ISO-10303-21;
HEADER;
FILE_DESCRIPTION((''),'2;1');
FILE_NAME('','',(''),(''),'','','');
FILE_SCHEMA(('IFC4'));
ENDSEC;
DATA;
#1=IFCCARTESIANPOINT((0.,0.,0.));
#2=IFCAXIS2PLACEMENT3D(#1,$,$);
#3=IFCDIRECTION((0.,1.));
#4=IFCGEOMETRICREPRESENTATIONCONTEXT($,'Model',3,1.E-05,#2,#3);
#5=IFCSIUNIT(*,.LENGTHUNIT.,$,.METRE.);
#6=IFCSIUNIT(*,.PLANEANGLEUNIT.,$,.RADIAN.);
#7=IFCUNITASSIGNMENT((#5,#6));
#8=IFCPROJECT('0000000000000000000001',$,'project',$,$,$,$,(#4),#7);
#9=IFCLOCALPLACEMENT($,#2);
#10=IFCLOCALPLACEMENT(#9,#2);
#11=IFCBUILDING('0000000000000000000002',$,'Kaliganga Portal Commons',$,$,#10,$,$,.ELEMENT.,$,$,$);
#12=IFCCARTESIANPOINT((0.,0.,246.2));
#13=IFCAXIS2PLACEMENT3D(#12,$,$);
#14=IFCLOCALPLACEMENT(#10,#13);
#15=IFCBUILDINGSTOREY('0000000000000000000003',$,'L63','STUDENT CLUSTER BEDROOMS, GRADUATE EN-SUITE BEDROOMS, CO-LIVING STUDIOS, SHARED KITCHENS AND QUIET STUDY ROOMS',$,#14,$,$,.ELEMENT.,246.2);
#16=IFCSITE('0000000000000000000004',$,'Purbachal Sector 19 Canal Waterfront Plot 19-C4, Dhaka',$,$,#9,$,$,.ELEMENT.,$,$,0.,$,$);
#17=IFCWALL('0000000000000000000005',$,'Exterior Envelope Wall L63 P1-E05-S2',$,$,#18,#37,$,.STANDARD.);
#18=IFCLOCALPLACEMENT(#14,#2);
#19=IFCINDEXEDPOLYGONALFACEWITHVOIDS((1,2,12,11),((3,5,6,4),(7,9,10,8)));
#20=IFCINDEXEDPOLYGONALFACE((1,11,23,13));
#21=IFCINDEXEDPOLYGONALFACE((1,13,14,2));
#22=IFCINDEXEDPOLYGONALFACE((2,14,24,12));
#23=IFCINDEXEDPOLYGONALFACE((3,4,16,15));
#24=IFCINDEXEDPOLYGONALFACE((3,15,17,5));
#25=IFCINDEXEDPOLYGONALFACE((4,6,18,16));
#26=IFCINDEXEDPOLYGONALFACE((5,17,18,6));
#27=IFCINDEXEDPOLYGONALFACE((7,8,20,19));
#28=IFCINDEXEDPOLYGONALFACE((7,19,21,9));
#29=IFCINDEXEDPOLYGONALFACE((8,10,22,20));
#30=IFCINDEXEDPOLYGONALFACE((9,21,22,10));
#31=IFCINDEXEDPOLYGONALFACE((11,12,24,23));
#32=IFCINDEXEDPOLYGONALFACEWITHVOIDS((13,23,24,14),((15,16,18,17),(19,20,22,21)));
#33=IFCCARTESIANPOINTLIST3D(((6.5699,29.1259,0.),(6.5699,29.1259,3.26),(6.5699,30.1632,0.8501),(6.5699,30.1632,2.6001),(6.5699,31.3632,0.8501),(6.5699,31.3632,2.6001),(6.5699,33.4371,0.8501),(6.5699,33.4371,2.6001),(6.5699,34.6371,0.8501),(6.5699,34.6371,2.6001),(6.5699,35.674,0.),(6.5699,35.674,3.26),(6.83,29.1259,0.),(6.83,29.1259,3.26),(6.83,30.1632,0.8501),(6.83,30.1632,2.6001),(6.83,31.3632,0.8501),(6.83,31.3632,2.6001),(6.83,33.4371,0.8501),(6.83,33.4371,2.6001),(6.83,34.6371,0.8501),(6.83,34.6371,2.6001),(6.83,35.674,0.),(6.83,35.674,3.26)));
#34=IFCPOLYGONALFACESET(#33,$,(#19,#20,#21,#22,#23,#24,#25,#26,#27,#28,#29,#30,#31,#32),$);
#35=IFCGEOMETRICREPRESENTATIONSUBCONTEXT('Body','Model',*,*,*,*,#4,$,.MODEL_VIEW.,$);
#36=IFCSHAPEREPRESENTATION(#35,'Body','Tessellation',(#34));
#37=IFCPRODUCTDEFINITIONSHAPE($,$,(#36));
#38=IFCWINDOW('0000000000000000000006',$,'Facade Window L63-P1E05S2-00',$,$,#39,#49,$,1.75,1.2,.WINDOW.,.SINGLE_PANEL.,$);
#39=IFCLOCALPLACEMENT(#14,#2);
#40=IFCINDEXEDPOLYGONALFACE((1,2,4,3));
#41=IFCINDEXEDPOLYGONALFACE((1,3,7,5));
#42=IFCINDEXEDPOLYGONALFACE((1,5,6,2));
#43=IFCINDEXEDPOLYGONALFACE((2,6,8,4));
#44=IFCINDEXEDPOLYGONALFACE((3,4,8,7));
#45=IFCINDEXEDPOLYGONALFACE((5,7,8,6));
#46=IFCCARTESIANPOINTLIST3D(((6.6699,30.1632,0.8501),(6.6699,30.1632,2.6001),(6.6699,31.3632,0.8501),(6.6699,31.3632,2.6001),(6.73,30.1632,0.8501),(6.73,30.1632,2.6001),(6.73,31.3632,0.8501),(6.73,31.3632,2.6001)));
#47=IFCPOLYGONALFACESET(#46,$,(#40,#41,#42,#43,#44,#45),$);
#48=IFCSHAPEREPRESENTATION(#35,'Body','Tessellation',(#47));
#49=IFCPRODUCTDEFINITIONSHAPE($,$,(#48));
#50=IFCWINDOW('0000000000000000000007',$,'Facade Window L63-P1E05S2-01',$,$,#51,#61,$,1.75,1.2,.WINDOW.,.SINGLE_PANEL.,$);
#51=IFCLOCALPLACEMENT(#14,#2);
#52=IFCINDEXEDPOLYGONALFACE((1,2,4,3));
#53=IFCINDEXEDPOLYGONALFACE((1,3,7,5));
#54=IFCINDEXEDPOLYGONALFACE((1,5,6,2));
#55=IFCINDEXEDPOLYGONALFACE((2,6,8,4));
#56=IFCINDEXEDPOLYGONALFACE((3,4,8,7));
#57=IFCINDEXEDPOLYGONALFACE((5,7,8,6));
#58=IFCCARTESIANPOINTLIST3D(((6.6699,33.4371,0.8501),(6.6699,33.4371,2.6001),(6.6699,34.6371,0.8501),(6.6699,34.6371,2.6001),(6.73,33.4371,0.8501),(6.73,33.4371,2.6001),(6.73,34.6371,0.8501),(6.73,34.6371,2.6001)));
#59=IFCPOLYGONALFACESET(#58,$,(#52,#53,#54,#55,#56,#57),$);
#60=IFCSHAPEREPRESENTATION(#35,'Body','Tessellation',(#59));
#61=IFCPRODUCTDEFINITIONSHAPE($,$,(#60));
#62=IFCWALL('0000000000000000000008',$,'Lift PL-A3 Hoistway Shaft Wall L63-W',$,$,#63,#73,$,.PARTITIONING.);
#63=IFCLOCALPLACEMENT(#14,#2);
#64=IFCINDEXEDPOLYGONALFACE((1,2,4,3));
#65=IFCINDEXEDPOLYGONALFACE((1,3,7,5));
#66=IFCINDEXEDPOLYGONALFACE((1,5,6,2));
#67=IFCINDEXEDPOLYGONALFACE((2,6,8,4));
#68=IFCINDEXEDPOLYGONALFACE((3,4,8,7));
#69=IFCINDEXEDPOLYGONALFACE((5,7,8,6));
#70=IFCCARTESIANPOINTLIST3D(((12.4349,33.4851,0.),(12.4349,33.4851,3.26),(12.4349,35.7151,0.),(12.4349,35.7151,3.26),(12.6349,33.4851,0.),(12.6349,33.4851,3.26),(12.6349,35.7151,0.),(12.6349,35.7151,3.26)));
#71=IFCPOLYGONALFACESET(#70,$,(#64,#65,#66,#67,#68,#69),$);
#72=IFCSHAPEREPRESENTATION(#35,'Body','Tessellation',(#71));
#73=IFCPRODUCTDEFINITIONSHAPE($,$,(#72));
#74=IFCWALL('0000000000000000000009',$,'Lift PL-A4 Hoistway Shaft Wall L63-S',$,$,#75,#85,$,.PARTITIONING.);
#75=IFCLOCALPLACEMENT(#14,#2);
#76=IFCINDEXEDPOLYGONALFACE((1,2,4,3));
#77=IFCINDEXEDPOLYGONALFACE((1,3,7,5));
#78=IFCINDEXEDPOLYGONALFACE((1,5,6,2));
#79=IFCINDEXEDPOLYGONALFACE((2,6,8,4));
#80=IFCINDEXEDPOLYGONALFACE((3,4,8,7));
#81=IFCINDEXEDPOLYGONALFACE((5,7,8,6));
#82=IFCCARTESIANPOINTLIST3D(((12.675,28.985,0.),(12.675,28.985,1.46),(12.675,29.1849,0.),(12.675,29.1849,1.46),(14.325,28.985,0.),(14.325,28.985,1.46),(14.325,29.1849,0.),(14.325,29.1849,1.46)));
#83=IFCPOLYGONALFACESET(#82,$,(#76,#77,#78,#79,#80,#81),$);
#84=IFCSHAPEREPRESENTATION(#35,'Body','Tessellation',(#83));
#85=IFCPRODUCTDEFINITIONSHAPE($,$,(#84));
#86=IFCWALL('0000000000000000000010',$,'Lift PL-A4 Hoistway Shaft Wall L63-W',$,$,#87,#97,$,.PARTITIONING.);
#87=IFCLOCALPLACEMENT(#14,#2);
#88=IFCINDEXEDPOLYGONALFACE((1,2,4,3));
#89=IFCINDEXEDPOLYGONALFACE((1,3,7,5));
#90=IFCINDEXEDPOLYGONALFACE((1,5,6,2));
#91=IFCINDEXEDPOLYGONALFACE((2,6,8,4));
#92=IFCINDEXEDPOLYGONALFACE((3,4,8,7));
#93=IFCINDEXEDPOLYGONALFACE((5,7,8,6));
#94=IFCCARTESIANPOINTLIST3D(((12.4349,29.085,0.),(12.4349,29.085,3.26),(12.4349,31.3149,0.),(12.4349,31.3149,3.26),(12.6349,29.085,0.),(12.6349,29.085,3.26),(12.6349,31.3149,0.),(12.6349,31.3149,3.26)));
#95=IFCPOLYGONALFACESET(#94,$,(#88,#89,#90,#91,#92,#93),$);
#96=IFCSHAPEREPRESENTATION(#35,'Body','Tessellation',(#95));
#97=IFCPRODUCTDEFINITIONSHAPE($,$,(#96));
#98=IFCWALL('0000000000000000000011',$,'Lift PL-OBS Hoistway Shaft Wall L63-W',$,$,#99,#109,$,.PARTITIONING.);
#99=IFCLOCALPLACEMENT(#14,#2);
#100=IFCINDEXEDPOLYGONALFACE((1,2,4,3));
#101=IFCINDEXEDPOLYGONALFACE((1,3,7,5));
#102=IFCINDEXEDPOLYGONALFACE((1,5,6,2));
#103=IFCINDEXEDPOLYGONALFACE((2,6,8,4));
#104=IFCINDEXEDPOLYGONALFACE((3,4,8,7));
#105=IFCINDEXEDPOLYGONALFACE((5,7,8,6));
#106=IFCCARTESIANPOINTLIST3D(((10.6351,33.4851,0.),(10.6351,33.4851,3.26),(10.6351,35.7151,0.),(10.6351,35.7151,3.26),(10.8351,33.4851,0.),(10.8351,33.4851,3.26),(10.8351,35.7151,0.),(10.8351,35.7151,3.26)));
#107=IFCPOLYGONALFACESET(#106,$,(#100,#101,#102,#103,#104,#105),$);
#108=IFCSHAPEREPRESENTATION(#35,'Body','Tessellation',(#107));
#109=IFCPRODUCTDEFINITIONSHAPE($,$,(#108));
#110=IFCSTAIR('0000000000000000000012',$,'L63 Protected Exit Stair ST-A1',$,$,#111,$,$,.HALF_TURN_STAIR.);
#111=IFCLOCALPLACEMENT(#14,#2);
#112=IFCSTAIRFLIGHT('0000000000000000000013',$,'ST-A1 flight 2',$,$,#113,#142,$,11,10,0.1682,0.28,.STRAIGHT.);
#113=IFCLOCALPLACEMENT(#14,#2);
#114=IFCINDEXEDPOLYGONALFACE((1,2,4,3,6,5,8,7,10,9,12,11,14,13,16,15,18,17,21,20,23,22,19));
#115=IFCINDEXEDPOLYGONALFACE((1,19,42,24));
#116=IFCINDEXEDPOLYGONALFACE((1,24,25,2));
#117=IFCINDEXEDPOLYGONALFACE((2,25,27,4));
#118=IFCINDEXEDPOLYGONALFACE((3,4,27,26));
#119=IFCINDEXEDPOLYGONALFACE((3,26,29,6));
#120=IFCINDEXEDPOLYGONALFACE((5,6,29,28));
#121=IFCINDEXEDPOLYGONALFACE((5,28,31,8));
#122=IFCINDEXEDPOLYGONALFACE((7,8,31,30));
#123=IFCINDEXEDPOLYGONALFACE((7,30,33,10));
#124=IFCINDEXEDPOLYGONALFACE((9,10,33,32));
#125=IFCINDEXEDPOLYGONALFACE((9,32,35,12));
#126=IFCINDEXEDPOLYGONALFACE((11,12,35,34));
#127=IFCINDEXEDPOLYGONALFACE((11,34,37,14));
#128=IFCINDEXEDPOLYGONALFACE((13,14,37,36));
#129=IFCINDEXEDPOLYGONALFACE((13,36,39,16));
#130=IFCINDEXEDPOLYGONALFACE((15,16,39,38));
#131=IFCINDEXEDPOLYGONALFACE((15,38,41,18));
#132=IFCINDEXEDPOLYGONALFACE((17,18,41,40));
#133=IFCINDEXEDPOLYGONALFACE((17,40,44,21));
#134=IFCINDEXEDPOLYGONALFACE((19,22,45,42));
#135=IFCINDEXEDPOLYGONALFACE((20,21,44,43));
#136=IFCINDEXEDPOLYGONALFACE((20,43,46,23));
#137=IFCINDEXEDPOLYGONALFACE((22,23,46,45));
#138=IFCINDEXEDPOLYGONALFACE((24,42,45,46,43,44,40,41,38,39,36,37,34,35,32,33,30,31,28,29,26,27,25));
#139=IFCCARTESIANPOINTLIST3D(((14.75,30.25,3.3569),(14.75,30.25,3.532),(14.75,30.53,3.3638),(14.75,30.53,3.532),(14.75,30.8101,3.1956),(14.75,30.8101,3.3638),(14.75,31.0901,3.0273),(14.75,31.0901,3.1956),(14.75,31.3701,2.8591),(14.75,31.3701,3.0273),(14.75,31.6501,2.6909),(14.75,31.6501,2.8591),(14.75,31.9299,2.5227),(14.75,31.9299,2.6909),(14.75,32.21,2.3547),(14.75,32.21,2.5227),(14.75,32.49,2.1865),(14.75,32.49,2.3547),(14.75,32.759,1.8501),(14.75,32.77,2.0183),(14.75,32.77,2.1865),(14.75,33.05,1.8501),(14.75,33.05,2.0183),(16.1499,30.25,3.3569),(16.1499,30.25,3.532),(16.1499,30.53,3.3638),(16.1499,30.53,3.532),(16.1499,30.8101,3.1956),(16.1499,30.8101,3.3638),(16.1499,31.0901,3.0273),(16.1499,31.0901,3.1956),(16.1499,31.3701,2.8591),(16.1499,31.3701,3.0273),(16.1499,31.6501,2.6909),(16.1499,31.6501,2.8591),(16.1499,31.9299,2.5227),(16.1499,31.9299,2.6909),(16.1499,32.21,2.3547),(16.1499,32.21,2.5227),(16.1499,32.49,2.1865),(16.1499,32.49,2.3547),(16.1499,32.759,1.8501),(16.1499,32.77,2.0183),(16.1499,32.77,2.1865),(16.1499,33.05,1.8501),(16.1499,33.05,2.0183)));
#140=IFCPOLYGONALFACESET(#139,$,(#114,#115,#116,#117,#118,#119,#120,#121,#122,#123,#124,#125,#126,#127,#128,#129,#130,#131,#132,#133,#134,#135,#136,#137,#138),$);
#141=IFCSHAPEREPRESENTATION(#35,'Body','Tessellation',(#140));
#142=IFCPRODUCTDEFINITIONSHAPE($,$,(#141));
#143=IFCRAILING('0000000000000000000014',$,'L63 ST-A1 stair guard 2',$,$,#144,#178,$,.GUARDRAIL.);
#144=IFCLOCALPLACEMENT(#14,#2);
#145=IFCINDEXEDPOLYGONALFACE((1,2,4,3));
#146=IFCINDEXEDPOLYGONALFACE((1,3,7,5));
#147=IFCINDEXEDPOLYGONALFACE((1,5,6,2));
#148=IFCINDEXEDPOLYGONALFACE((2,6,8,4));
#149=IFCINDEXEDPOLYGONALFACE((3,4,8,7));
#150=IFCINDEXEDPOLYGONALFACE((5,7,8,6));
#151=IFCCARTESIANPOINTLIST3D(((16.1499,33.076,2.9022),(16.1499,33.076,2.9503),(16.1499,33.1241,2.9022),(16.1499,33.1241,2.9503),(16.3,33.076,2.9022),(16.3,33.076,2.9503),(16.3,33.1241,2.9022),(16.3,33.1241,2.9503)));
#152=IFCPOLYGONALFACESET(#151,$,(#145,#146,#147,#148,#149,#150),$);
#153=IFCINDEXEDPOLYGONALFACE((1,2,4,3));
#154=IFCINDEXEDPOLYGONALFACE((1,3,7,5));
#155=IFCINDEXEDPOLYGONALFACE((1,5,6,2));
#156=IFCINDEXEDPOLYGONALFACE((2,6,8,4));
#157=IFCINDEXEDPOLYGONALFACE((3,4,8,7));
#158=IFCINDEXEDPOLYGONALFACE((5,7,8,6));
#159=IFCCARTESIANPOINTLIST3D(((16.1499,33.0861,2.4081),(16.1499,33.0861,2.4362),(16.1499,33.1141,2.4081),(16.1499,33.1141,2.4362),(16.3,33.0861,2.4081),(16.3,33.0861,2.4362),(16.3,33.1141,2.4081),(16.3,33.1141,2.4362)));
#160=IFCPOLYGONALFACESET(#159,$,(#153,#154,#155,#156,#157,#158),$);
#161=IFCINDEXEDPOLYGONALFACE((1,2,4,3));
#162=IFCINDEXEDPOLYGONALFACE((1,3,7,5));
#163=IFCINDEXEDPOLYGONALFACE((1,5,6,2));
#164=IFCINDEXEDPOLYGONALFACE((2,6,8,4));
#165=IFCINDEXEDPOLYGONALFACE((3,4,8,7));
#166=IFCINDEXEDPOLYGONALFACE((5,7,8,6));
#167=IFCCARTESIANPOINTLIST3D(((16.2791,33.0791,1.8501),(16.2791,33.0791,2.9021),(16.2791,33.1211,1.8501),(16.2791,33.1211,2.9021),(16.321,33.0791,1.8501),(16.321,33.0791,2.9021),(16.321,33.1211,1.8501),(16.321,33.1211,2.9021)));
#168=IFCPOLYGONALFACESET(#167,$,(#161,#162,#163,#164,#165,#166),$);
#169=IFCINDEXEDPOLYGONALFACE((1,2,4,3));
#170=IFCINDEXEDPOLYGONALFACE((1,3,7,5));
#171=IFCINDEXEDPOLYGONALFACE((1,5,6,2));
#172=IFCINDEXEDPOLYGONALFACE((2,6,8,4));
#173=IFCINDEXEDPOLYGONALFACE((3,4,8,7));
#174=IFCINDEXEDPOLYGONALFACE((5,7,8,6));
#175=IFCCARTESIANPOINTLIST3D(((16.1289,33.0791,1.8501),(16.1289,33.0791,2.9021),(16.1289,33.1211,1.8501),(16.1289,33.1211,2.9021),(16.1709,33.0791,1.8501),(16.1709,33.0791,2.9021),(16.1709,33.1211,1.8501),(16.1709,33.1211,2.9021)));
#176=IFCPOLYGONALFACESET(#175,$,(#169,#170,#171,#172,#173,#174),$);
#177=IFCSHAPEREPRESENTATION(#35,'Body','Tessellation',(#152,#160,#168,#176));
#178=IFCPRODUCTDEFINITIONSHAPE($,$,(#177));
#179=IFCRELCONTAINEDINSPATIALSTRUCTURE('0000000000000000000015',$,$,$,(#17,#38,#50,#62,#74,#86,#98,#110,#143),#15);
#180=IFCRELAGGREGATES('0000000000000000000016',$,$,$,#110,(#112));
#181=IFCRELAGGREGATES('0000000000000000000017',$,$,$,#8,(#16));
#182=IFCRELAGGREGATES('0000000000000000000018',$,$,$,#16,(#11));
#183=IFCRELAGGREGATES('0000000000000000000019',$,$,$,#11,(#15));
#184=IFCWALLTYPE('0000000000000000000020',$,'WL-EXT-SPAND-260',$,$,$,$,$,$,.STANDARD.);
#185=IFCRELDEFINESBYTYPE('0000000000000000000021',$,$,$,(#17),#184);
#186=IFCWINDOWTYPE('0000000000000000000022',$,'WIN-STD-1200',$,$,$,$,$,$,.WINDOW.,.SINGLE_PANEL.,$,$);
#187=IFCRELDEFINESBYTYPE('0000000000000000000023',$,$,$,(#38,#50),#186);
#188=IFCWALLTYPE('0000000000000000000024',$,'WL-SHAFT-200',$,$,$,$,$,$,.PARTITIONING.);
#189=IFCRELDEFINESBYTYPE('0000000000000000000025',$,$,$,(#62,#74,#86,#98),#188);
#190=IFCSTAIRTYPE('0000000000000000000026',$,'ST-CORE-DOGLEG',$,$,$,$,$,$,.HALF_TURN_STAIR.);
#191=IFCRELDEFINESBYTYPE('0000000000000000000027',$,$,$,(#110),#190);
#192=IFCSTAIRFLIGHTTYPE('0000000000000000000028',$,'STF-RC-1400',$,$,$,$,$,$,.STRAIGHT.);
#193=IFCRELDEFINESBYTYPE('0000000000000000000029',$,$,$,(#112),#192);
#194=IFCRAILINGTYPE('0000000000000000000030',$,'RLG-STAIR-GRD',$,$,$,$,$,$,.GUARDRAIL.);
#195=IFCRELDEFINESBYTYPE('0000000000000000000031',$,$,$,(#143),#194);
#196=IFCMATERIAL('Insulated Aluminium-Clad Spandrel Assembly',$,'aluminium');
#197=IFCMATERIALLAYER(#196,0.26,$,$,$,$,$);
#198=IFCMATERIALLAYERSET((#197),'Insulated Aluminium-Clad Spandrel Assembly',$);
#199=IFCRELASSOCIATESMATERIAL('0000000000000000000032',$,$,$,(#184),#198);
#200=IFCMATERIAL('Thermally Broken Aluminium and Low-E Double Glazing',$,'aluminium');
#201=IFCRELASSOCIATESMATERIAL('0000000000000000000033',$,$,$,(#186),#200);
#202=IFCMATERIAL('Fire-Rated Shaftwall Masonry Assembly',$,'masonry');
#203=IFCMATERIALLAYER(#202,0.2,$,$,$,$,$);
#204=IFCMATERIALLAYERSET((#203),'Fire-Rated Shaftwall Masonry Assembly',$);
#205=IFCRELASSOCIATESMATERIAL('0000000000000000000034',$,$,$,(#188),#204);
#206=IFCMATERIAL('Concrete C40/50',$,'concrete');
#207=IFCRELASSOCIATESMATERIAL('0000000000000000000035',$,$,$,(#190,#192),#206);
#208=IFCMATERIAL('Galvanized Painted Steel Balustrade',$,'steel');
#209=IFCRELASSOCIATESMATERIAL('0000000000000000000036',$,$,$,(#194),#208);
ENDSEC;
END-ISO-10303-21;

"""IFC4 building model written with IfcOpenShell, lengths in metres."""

from ifc_helpers import new_model, si_unit, direction, frame, frame_2d, origin, origin_2d, place, context, subcontext, project, spatial, polyline, rectangle, outline, extrude, material, layer, layer_set, type_object, element, fill, aggregate, save


model = new_model("IFC4")

# Units and contexts
model_context = context("Model", 3, precision=1e-05, world=origin(), true_north=direction((0.0, 1.0)))
body_context = subcontext(model_context, "Body", "Model", "MODEL_VIEW")
ifc_project = project(units=[si_unit("LENGTHUNIT", "METRE"), si_unit("PLANEANGLEUNIT", "RADIAN")], contexts=[model_context])

# Site, building, storey
site_placement = place(None, origin())
site = spatial("IfcSite", under=ifc_project, at=site_placement, Name="Purbachal Sector 19 Canal Waterfront Plot 19-C4, Dhaka", CompositionType="ELEMENT", RefElevation=0.0)
building_placement = place(site_placement, origin())
building = spatial("IfcBuilding", under=site, at=building_placement, Name="Kaliganga Portal Commons", CompositionType="ELEMENT")
storey_placement = place(building_placement, frame((0.0, 0.0, 246.2)))
storey = spatial("IfcBuildingStorey", under=building, at=storey_placement, Name="L63", Description="STUDENT CLUSTER BEDROOMS, GRADUATE EN-SUITE BEDROOMS, CO-LIVING STUDIOS, SHARED KITCHENS AND QUIET STUDY ROOMS", CompositionType="ELEMENT", Elevation=246.2)

# Wall, openings, windows
ifc_material_1 = material(Name="Insulated Aluminium-Clad Spandrel Assembly", Category="aluminium")
ifc_layer_1 = layer(ifc_material_1, 0.26)
ifc_layer_set_1 = layer_set([ifc_layer_1], Name="Insulated Aluminium-Clad Spandrel Assembly")
wall_type_1 = type_object("IfcWallType", Name="WL-EXT-SPAND-260", PredefinedType="STANDARD", material=ifc_layer_set_1)
wall_1_placement = place(storey_placement, frame((6.7, 29.126, 0.0), z_axis=(0.0, 0.0, 1.0), x_axis=(0.0, 1.0, 0.0)))
wall_1 = element("IfcWall", 1, at=wall_1_placement, inside=storey, type_object=wall_type_1, Name="Exterior Envelope Wall L63 P1-E05-S2", PredefinedType="STANDARD", context=body_context, shape_type="SweptSolid", body=[
    extrude(rectangle(XDim=6.5481, YDim=0.26, at=frame_2d((3.2739, 0.0))), origin(), (0.0, 0.0, 1.0), 3.26),
])
opening_1_placement = place(wall_1_placement, frame((1.0371, 0.0, 0.8501)))
opening_1 = element("IfcOpeningElement", 2, at=opening_1_placement, cuts=wall_1, PredefinedType="OPENING", context=body_context, shape_type="SweptSolid", body=[
    extrude(rectangle(XDim=1.2, YDim=1.75, at=frame_2d((0.6001, 0.875))), frame((0.0, 0.1401, 0.0), z_axis=(0.0, -1.0, 0.0), x_axis=(1.0, 0.0, 0.0)), (0.0, 0.0, 1.0), 0.28),
])
opening_2_placement = place(wall_1_placement, frame((4.311, 0.0, 0.8501)))
opening_2 = element("IfcOpeningElement", 3, at=opening_2_placement, cuts=wall_1, PredefinedType="OPENING", context=body_context, shape_type="SweptSolid", body=[
    extrude(rectangle(XDim=1.2, YDim=1.75, at=frame_2d((0.6001, 0.875))), frame((0.0, 0.1401, 0.0), z_axis=(0.0, -1.0, 0.0), x_axis=(1.0, 0.0, 0.0)), (0.0, 0.0, 1.0), 0.28),
])
ifc_material_2 = material(Name="Thermally Broken Aluminium and Low-E Double Glazing", Category="aluminium")
window_type = type_object("IfcWindowType", Name="WIN-STD-1200", PartitioningType="SINGLE_PANEL", PredefinedType="WINDOW", material=ifc_material_2)
window_1_placement = place(opening_1_placement, origin())
window_1 = element("IfcWindow", 4, at=window_1_placement, inside=storey, type_object=window_type, Name="Facade Window L63-P1E05S2-00", OverallHeight=1.75, OverallWidth=1.2, PartitioningType="SINGLE_PANEL", PredefinedType="WINDOW", context=body_context, shape_type="SweptSolid", body=[
    extrude(rectangle(XDim=1.2, YDim=1.75, at=frame_2d((0.6001, 0.875))), frame((0.0, 0.03, 0.0), z_axis=(0.0, -1.0, 0.0), x_axis=(1.0, 0.0, 0.0)), (0.0, 0.0, 1.0), 0.0601),
])
fill(opening_1, window_1)
window_2_placement = place(opening_2_placement, origin())
window_2 = element("IfcWindow", 5, at=window_2_placement, inside=storey, type_object=window_type, Name="Facade Window L63-P1E05S2-01", OverallHeight=1.75, OverallWidth=1.2, PartitioningType="SINGLE_PANEL", PredefinedType="WINDOW", context=body_context, shape_type="SweptSolid", body=[
    extrude(rectangle(XDim=1.2, YDim=1.75, at=frame_2d((0.6001, 0.875))), frame((0.0, 0.03, 0.0), z_axis=(0.0, -1.0, 0.0), x_axis=(1.0, 0.0, 0.0)), (0.0, 0.0, 1.0), 0.0601),
])
fill(opening_2, window_2)

# Walls
ifc_material_3 = material(Name="Fire-Rated Shaftwall Masonry Assembly", Category="masonry")
ifc_layer_2 = layer(ifc_material_3, 0.2)
ifc_layer_set_2 = layer_set([ifc_layer_2], Name="Fire-Rated Shaftwall Masonry Assembly")
wall_type_2 = type_object("IfcWallType", Name="WL-SHAFT-200", PredefinedType="PARTITIONING", material=ifc_layer_set_2)
wall_2_placement = place(storey_placement, frame((12.5349, 33.4851, 0.0), z_axis=(0.0, 0.0, 1.0), x_axis=(0.0, 1.0, 0.0)))
element("IfcWall", 6, at=wall_2_placement, inside=storey, type_object=wall_type_2, Name="Lift PL-A3 Hoistway Shaft Wall L63-W", PredefinedType="PARTITIONING", context=body_context, shape_type="SweptSolid", body=[
    extrude(rectangle(XDim=2.23, YDim=0.2, at=frame_2d((1.115, 0.0))), origin(), (0.0, 0.0, 1.0), 3.26),
])
wall_3_placement = place(storey_placement, frame((12.675, 29.085, 0.0), z_axis=(0.0, 0.0, 1.0), x_axis=(1.0, 0.0, 0.0)))
element("IfcWall", 7, at=wall_3_placement, inside=storey, type_object=wall_type_2, Name="Lift PL-A4 Hoistway Shaft Wall L63-S", PredefinedType="PARTITIONING", context=body_context, shape_type="SweptSolid", body=[
    extrude(rectangle(XDim=1.6499, YDim=0.2, at=frame_2d((0.825, 0.0))), origin(), (0.0, 0.0, 1.0), 1.46),
])

# Wall
wall_4_placement = place(storey_placement, frame((12.5349, 29.085, 0.0), z_axis=(0.0, 0.0, 1.0), x_axis=(0.0, 1.0, 0.0)))
element("IfcWall", 8, at=wall_4_placement, inside=storey, type_object=wall_type_2, Name="Lift PL-A4 Hoistway Shaft Wall L63-W", PredefinedType="PARTITIONING", context=body_context, shape_type="SweptSolid", body=[
    extrude(rectangle(XDim=2.23, YDim=0.2, at=frame_2d((1.115, 0.0))), origin(), (0.0, 0.0, 1.0), 3.26),
])

# Wall
wall_5_placement = place(storey_placement, frame((10.7351, 33.4851, 0.0), z_axis=(0.0, 0.0, 1.0), x_axis=(0.0, 1.0, 0.0)))
element("IfcWall", 9, at=wall_5_placement, inside=storey, type_object=wall_type_2, Name="Lift PL-OBS Hoistway Shaft Wall L63-W", PredefinedType="PARTITIONING", context=body_context, shape_type="SweptSolid", body=[
    extrude(rectangle(XDim=2.23, YDim=0.2, at=frame_2d((1.115, 0.0))), origin(), (0.0, 0.0, 1.0), 3.26),
])

# Stair, stair flight
ifc_material_4 = material(Name="Concrete C40/50", Category="concrete")
stair_type = type_object("IfcStairType", Name="ST-CORE-DOGLEG", PredefinedType="HALF_TURN_STAIR", material=ifc_material_4)
stair_placement = place(storey_placement, origin())
stair = element("IfcStair", 10, at=stair_placement, inside=storey, type_object=stair_type, Name="L63 Protected Exit Stair ST-A1", PredefinedType="HALF_TURN_STAIR")
stair_flight_type = type_object("IfcStairFlightType", Name="STF-RC-1400", PredefinedType="STRAIGHT", material=ifc_material_4)
stair_flight_placement = place(storey_placement, frame((15.45, 33.05, 1.8501), z_axis=(0.0, 0.0, 1.0), x_axis=(0.0, -1.0, 0.0)))
stair_flight = element("IfcStairFlight", 11, at=stair_flight_placement, type_object=stair_flight_type, Name="ST-A1 flight 2", NumberOfRisers=11, NumberOfTreads=10, PredefinedType="STRAIGHT", RiserHeight=0.1682, TreadLength=0.28, context=body_context, shape_type="SweptSolid", body=[
    extrude(outline(polyline([(0.0, 0.0), (0.0, 0.1682), (0.28, 0.1682), (0.28, 0.3364), (0.5601, 0.3364), (0.5601, 0.5046), (0.8401, 0.5046), (0.8401, 0.6726), (1.1201, 0.6726), (1.1201, 0.8408), (1.3999, 0.8408), (1.3999, 1.009), (1.6799, 1.009), (1.6799, 1.1772), (1.96, 1.1772), (1.96, 1.3455), (2.24, 1.3455), (2.24, 1.5137), (2.52, 1.5137), (2.52, 1.6819), (2.8, 1.6819), (2.8, 1.8501), (2.8, 1.5068), (0.291, 0.0), (0.0, 0.0)])), frame((0.0, 0.7, 0.0), z_axis=(0.0, -1.0, 0.0), x_axis=(1.0, 0.0, 0.0)), (0.0, 0.0, 1.0), 1.3999),
])
aggregate(stair, [stair_flight])

# Railing
ifc_material_5 = material(Name="Galvanized Painted Steel Balustrade", Category="steel")
railing_type_1 = type_object("IfcRailingType", Name="RLG-STAIR-GRD", PredefinedType="GUARDRAIL", material=ifc_material_5)
railing_1_placement = place(storey_placement, frame((16.3, 33.1001, 1.8501)))
element("IfcRailing", 12, at=railing_1_placement, inside=storey, type_object=railing_type_1, Name="L63 ST-A1 stair guard 2", PredefinedType="GUARDRAIL", context=body_context, shape_type="SweptSolid", body=[
    extrude(rectangle(XDim=0.0481, YDim=0.0481, at=origin_2d()), frame((0.0, 0.0, 1.0762), z_axis=(-1.0, 0.0, 0.0), x_axis=(0.0, -1.0, 0.0)), (0.0, 0.0, 1.0), 0.1501),
    extrude(rectangle(XDim=0.0281, YDim=0.0281, at=origin_2d()), frame((0.0, 0.0, 0.572), z_axis=(-1.0, 0.0, 0.0), x_axis=(0.0, -1.0, 0.0)), (0.0, 0.0, 1.0), 0.1501),
    extrude(rectangle(XDim=0.042, YDim=0.042, at=origin_2d()), origin(), (0.0, 0.0, 1.0), 1.052),
    extrude(rectangle(XDim=0.042, YDim=0.042, at=origin_2d()), frame((-0.1501, 0.0, 0.0)), (0.0, 0.0, 1.0), 1.052),
])

save(model, "model.ifc")
